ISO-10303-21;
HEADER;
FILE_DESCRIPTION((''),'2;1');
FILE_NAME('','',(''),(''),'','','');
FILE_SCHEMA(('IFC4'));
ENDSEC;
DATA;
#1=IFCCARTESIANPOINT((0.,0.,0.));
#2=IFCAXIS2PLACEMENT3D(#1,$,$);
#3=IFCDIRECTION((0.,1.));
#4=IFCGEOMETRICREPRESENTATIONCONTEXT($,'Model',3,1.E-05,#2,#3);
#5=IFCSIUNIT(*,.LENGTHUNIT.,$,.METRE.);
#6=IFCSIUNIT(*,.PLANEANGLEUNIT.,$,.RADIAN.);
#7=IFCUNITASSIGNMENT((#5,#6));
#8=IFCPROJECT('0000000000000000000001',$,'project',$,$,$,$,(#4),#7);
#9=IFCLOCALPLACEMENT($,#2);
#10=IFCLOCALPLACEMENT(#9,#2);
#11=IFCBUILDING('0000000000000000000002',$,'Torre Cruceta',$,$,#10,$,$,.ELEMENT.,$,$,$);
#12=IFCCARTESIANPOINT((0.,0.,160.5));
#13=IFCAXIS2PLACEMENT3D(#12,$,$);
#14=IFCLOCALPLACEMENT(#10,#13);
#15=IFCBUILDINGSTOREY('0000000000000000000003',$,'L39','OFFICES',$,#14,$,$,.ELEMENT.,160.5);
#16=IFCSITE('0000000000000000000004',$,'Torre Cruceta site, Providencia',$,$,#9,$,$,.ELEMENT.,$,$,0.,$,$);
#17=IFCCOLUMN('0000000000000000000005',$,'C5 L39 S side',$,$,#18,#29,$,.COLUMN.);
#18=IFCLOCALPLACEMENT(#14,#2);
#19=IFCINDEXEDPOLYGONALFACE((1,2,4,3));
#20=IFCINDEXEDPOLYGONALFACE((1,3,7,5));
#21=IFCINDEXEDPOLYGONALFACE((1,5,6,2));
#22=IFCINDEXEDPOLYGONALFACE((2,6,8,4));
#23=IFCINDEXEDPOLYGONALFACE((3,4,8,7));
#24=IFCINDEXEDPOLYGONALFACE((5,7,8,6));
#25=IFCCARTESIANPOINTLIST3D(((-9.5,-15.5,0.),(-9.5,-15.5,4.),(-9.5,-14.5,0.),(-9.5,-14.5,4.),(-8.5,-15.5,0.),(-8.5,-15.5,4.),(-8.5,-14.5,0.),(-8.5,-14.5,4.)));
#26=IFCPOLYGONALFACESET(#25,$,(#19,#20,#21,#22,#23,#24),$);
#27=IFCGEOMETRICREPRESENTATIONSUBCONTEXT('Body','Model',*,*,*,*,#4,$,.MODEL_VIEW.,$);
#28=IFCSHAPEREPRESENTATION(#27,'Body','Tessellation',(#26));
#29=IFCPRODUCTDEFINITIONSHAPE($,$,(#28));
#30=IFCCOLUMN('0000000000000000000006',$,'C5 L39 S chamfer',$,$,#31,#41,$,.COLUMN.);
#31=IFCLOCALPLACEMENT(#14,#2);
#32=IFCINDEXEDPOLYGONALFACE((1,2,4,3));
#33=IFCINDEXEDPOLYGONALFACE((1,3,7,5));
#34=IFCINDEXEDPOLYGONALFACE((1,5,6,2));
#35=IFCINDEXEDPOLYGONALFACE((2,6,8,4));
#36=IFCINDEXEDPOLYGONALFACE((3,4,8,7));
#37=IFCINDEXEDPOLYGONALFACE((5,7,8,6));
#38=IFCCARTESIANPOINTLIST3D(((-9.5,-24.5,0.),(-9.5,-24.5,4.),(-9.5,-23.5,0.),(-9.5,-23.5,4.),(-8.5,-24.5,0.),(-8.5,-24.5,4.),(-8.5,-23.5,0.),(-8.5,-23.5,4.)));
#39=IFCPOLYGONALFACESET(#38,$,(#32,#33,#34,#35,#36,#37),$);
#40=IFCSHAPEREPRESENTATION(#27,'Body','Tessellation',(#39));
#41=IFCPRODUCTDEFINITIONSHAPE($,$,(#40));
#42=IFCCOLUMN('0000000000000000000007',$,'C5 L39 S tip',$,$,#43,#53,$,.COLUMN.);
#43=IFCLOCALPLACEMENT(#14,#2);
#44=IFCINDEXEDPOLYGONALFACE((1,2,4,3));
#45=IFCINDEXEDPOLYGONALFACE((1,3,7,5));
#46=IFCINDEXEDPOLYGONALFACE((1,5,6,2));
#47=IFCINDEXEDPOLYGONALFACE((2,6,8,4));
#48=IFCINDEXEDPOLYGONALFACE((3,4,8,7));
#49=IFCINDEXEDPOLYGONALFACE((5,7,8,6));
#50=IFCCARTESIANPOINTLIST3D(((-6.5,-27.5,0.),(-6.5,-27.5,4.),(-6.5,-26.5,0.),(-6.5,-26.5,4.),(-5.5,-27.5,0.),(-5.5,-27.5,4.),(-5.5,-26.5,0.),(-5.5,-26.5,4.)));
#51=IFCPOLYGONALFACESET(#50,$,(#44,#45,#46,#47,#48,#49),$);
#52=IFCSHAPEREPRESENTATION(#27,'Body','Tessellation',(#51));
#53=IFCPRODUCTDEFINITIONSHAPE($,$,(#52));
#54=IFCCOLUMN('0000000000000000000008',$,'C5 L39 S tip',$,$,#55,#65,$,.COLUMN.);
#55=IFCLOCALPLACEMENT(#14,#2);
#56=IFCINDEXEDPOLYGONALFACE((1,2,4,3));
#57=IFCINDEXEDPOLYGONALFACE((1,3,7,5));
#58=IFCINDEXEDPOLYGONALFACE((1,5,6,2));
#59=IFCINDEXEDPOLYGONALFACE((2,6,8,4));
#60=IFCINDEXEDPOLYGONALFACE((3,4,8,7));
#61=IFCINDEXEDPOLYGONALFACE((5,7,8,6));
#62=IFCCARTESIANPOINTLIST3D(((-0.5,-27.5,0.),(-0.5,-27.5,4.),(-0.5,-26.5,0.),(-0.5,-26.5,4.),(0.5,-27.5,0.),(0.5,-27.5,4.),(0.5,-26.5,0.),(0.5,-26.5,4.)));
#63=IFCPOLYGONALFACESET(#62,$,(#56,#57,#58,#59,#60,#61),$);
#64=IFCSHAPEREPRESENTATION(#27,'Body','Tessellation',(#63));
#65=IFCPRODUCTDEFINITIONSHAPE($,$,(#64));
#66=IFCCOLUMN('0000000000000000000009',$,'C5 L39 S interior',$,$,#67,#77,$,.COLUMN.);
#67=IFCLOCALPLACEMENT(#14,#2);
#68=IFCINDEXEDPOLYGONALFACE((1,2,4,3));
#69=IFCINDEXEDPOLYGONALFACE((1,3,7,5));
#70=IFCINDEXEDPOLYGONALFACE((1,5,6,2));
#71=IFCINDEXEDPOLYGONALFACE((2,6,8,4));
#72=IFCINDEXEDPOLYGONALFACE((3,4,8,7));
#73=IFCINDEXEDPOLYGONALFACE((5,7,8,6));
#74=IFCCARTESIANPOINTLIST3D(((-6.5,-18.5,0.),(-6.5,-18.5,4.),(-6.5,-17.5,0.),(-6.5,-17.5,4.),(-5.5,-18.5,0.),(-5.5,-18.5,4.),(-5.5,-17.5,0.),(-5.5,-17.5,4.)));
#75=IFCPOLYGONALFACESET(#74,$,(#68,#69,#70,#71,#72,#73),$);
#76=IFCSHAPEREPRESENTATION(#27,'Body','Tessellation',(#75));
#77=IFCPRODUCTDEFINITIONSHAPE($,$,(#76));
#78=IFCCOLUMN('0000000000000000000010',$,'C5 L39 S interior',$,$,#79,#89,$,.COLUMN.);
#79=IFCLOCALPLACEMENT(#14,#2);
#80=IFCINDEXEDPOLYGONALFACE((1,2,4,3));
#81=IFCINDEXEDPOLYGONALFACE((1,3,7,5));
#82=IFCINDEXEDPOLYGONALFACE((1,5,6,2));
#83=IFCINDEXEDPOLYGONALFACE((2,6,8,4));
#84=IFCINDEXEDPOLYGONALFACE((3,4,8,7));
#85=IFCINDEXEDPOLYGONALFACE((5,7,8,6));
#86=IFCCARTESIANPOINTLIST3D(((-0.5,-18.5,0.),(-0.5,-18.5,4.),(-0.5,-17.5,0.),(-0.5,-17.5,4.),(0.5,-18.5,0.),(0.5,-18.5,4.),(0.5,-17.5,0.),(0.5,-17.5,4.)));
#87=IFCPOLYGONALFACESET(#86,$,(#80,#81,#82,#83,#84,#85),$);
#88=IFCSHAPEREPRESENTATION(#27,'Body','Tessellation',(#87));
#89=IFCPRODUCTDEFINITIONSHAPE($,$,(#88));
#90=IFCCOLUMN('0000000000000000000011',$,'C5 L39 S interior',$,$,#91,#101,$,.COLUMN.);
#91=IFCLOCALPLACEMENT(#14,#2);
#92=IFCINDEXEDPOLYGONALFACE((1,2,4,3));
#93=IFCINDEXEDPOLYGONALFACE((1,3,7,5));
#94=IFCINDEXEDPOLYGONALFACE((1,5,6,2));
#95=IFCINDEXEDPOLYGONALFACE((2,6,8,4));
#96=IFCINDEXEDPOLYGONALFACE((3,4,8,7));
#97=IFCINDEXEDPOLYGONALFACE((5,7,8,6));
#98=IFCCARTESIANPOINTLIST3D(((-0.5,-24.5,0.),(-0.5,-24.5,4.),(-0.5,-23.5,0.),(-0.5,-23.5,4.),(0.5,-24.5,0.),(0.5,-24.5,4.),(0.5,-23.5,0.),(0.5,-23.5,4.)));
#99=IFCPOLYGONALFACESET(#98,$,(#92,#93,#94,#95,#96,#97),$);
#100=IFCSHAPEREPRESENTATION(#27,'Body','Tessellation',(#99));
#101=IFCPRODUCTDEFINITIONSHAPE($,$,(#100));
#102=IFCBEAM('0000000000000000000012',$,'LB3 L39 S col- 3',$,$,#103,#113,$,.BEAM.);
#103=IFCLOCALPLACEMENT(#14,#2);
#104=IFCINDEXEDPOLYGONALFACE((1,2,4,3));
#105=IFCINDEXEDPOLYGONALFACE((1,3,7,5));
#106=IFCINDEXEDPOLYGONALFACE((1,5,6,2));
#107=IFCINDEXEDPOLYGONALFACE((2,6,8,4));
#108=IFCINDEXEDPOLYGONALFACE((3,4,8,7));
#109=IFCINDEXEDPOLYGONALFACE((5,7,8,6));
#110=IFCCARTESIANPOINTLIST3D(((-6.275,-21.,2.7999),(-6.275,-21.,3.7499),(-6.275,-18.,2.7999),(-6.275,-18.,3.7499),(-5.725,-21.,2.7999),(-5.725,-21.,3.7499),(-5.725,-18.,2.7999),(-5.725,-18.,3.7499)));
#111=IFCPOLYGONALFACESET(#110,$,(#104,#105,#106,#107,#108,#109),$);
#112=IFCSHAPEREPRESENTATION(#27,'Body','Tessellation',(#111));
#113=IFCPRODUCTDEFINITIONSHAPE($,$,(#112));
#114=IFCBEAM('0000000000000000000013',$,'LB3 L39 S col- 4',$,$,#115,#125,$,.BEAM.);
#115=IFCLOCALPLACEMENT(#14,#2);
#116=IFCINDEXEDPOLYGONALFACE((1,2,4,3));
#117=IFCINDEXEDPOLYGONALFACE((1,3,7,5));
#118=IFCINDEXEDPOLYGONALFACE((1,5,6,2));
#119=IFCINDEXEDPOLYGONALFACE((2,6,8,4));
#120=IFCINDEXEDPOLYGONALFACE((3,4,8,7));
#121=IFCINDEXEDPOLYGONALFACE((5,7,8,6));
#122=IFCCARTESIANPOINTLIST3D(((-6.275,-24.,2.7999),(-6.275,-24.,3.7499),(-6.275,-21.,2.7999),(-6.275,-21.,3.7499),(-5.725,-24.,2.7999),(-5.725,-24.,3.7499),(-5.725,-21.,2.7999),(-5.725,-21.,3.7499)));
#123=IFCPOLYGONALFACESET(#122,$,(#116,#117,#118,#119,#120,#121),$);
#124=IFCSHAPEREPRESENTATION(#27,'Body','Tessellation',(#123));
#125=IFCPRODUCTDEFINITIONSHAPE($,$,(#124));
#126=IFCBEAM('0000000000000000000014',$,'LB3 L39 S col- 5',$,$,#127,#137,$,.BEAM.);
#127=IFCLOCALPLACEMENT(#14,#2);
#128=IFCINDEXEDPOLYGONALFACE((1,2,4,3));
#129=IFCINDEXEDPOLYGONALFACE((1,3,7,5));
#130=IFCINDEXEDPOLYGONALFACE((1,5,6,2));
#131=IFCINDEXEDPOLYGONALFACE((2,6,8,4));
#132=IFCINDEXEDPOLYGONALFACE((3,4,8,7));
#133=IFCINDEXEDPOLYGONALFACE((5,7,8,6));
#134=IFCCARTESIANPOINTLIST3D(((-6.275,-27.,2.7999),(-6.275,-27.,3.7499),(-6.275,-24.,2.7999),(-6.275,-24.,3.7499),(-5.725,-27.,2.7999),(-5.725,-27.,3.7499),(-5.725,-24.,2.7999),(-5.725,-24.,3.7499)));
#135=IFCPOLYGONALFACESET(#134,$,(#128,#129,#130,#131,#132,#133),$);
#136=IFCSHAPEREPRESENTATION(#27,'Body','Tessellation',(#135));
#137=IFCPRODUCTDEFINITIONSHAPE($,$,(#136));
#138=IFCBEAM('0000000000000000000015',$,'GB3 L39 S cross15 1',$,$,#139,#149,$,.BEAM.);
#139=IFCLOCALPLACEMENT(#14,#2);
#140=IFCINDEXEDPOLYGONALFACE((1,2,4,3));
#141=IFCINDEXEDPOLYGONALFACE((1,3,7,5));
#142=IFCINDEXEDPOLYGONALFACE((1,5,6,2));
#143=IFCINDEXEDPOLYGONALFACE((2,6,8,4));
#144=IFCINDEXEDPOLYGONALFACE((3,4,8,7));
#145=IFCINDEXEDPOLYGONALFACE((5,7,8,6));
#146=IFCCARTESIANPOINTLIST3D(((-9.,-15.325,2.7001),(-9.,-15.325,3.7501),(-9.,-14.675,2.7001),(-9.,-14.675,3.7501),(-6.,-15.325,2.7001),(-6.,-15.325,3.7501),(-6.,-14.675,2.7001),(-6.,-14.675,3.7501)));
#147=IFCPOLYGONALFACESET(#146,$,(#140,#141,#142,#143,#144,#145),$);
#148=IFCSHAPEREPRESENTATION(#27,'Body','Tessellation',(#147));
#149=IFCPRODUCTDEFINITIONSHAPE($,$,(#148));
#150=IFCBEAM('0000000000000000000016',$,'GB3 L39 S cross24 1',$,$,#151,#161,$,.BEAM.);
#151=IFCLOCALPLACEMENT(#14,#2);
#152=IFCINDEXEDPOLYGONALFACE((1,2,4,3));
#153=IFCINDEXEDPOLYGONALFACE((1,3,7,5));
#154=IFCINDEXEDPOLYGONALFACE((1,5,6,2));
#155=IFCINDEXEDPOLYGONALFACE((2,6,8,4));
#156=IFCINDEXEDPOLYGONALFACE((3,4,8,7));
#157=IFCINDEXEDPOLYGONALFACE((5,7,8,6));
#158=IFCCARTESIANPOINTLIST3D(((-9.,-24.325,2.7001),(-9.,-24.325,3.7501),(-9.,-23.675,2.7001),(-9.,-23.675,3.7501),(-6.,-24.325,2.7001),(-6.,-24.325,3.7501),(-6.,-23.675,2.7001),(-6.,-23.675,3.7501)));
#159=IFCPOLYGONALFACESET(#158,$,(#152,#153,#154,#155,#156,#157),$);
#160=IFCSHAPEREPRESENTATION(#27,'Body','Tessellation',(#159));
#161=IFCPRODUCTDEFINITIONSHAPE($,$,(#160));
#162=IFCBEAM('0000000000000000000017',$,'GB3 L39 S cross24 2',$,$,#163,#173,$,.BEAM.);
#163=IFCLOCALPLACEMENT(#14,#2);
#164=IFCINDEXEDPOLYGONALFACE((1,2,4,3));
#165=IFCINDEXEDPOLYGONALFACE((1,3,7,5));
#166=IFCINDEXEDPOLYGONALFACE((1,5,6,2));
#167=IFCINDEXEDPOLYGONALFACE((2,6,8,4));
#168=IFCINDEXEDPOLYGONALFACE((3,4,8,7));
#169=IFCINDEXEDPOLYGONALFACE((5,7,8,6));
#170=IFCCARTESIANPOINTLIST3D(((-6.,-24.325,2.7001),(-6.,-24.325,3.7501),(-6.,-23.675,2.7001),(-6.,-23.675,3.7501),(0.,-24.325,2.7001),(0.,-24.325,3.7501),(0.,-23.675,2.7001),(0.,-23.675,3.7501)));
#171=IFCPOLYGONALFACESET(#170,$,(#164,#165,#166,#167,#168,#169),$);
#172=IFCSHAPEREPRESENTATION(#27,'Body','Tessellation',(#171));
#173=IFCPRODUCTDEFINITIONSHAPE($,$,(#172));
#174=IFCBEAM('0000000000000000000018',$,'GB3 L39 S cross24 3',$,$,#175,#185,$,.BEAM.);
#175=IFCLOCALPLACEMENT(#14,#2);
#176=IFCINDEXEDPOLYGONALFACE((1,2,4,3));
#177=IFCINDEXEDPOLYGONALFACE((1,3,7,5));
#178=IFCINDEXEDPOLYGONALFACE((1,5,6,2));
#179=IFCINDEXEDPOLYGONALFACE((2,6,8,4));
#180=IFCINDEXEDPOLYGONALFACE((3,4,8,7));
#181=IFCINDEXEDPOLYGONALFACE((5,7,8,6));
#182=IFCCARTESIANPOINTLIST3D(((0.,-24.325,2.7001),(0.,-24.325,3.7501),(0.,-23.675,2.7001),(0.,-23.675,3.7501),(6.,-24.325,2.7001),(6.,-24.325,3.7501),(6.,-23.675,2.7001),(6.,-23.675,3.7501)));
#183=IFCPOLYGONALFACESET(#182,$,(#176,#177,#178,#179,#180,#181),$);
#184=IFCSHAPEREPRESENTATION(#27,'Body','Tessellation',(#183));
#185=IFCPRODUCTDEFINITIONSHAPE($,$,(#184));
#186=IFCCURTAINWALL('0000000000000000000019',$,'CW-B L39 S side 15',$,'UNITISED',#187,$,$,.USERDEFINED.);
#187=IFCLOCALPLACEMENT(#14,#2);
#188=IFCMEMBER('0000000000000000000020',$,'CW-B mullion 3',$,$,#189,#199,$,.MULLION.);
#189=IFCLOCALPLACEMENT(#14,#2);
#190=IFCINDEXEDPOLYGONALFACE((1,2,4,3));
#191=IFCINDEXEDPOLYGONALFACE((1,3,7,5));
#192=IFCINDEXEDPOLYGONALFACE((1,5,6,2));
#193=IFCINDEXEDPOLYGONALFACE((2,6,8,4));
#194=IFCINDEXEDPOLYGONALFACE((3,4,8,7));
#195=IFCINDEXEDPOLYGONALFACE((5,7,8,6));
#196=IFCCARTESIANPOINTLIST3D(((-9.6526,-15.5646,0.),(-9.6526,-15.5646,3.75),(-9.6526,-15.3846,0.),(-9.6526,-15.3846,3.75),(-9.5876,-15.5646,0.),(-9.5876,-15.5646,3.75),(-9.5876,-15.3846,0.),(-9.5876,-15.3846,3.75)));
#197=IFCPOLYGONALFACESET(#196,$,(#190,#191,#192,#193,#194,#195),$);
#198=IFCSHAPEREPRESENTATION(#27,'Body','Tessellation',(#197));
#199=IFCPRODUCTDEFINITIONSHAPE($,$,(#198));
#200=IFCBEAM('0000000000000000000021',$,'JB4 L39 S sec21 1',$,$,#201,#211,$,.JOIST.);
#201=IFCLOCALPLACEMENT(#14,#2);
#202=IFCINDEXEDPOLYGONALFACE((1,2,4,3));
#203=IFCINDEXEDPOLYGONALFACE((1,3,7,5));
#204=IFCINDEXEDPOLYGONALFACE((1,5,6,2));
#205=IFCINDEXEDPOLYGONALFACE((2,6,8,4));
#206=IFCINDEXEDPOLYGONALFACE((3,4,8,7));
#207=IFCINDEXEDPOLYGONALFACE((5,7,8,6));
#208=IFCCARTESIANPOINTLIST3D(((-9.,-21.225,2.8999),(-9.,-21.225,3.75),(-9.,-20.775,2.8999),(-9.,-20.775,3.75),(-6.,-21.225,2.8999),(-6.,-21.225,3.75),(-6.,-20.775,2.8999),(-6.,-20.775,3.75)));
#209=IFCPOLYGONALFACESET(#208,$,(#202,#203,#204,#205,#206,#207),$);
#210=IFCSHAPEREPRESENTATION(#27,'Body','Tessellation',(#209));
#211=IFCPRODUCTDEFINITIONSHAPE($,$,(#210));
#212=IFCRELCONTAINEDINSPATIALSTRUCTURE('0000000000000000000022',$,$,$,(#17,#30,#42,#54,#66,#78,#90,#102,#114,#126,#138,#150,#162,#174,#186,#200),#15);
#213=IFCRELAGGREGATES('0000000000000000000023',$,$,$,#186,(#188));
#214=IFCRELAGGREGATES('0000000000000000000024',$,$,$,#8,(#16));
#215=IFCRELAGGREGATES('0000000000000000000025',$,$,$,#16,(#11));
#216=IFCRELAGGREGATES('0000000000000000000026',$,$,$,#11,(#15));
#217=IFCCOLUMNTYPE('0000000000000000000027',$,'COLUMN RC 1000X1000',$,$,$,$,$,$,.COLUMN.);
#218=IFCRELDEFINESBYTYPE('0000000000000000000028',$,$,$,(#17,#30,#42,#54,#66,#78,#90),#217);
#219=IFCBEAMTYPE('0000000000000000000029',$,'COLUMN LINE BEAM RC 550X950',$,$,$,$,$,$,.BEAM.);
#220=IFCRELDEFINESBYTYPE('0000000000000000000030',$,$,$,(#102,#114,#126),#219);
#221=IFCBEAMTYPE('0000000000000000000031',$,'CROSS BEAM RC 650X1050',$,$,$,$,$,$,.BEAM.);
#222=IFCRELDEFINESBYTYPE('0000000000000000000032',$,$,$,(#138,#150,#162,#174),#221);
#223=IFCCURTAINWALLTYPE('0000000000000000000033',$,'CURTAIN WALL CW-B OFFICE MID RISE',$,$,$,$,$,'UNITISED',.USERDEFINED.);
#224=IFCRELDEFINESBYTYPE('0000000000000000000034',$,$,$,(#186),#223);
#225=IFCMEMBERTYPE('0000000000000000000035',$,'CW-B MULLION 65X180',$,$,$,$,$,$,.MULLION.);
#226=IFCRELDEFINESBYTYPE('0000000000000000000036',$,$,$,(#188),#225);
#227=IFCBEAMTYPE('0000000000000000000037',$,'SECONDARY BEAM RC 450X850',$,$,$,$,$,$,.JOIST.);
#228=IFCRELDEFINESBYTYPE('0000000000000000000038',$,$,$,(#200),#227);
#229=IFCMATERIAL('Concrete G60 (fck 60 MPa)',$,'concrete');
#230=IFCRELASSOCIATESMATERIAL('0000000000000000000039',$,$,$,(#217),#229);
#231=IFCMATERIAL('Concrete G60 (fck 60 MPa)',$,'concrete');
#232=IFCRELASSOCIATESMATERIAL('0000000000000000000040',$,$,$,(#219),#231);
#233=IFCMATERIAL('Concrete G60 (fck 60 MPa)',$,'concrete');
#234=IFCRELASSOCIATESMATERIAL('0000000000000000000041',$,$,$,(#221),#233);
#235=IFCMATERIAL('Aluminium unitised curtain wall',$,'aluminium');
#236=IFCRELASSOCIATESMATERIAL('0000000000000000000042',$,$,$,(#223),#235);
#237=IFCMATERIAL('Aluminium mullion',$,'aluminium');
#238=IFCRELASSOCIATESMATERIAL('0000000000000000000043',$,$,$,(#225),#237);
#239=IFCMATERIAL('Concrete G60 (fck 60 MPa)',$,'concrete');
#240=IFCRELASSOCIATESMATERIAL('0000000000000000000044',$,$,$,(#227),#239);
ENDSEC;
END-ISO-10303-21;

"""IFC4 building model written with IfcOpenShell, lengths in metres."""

from ifc_helpers import new_model, si_unit, direction, frame, origin, origin_2d, place, context, subcontext, project, spatial, rectangle, extrude, material, material_profile, profile_set, type_object, element, aggregate, save


model = new_model("IFC4")

# Units and contexts
model_context = context("Model", 3, precision=1e-05, world=origin(), true_north=direction((0.0, 1.0)))
body_context = subcontext(model_context, "Body", "Model", "MODEL_VIEW")
ifc_project = project(units=[si_unit("LENGTHUNIT", "METRE"), si_unit("PLANEANGLEUNIT", "RADIAN")], contexts=[model_context])

# Site, building, storey
site_placement = place(None, origin())
site = spatial("IfcSite", under=ifc_project, at=site_placement, Name="Torre Cruceta site, Providencia", CompositionType="ELEMENT", RefElevation=0.0)
building_placement = place(site_placement, origin())
building = spatial("IfcBuilding", under=site, at=building_placement, Name="Torre Cruceta", CompositionType="ELEMENT")
storey_placement = place(building_placement, frame((0.0, 0.0, 160.5)))
storey = spatial("IfcBuildingStorey", under=building, at=storey_placement, Name="L39", Description="OFFICES", CompositionType="ELEMENT", Elevation=160.5)

# Columns
ifc_material_1 = material(Name="Concrete G60 (fck 60 MPa)", Category="concrete")
ifc_material_profile_1 = material_profile(ifc_material_1, rectangle(XDim=1.0, YDim=1.0, at=origin_2d()), Name="RC 1000X1000")
ifc_profile_set_1 = profile_set([ifc_material_profile_1], Name="Concrete G60 (fck 60 MPa)")
column_type = type_object("IfcColumnType", Name="COLUMN RC 1000X1000", PredefinedType="COLUMN", material=ifc_profile_set_1)
for number, where, z_axis, x_axis, name in (
    (1, (-9.0, -15.0, 0.0), (0.0, 0.0, 1.0), (1.0, 0.0, 0.0), "C5 L39 S side"),
    (2, (-9.0, -24.0, 0.0), (0.0, 0.0, 1.0), (1.0, 0.0, 0.0), "C5 L39 S chamfer"),
    (3, (-6.0, -27.0, 0.0), (0.0, 0.0, 1.0), (1.0, 0.0, 0.0), "C5 L39 S tip"),
    (4, (0.0, -27.0, 0.0), (0.0, 0.0, 1.0), (1.0, 0.0, 0.0), "C5 L39 S tip"),
    (5, (-6.0, -18.0, 0.0), (0.0, 0.0, 1.0), (1.0, 0.0, 0.0), "C5 L39 S interior"),
    (6, (0.0, -18.0, 0.0), (0.0, 0.0, 1.0), (1.0, 0.0, 0.0), "C5 L39 S interior"),
    (7, (0.0, -24.0, 0.0), (0.0, 0.0, 1.0), (1.0, 0.0, 0.0), "C5 L39 S interior"),
):
    element("IfcColumn", number, at=place(storey_placement, frame(where, z_axis=z_axis, x_axis=x_axis)), inside=storey, type_object=column_type, Name=name, PredefinedType="COLUMN", context=body_context, shape_type="SweptSolid", body=[
        extrude(rectangle(XDim=1.0, YDim=1.0, at=origin_2d()), origin(), (0.0, 0.0, 1.0), 4.0),
    ])

# Beams
ifc_material_2 = material(Name="Concrete G60 (fck 60 MPa)", Category="concrete")
ifc_material_profile_2 = material_profile(ifc_material_2, rectangle(XDim=0.55, YDim=0.95, at=origin_2d()), Name="RC 550X950")
ifc_profile_set_2 = profile_set([ifc_material_profile_2], Name="Concrete G60 (fck 60 MPa)")
beam_type_1 = type_object("IfcBeamType", Name="COLUMN LINE BEAM RC 550X950", PredefinedType="BEAM", material=ifc_profile_set_2)
for number, where, z_axis, x_axis, name in (
    (8, (-6.0, -18.0, 3.2749), (0.0, -1.0, 0.0), (1.0, 0.0, 0.0), "LB3 L39 S col- 3"),
    (9, (-6.0, -21.0, 3.2749), (0.0, -1.0, 0.0), (1.0, 0.0, 0.0), "LB3 L39 S col- 4"),
    (10, (-6.0, -24.0, 3.2749), (0.0, -1.0, 0.0), (1.0, 0.0, 0.0), "LB3 L39 S col- 5"),
):
    element("IfcBeam", number, at=place(storey_placement, frame(where, z_axis=z_axis, x_axis=x_axis)), inside=storey, type_object=beam_type_1, Name=name, PredefinedType="BEAM", context=body_context, shape_type="SweptSolid", body=[
        extrude(rectangle(XDim=0.55, YDim=0.95, at=origin_2d()), origin(), (0.0, 0.0, 1.0), 3.0),
    ])
ifc_material_3 = material(Name="Concrete G60 (fck 60 MPa)", Category="concrete")
ifc_material_profile_3 = material_profile(ifc_material_3, rectangle(XDim=0.6499, YDim=1.05, at=origin_2d()), Name="RC 650X1050")
ifc_profile_set_3 = profile_set([ifc_material_profile_3], Name="Concrete G60 (fck 60 MPa)")
beam_type_2 = type_object("IfcBeamType", Name="CROSS BEAM RC 650X1050", PredefinedType="BEAM", material=ifc_profile_set_3)
for number, where, z_axis, x_axis, name in (
    (11, (-9.0, -15.0, 3.2251), (1.0, 0.0, 0.0), (0.0, 1.0, 0.0), "GB3 L39 S cross15 1"),
    (12, (-9.0, -24.0, 3.2251), (1.0, 0.0, 0.0), (0.0, 1.0, 0.0), "GB3 L39 S cross24 1"),
):
    element("IfcBeam", number, at=place(storey_placement, frame(where, z_axis=z_axis, x_axis=x_axis)), inside=storey, type_object=beam_type_2, Name=name, PredefinedType="BEAM", context=body_context, shape_type="SweptSolid", body=[
        extrude(rectangle(XDim=0.6499, YDim=1.05, at=origin_2d()), origin(), (0.0, 0.0, 1.0), 3.0),
    ])
for number, where, z_axis, x_axis, name in (
    (13, (-6.0, -24.0, 3.2251), (1.0, 0.0, 0.0), (0.0, 1.0, 0.0), "GB3 L39 S cross24 2"),
    (14, (0.0, -24.0, 3.2251), (1.0, 0.0, 0.0), (0.0, 1.0, 0.0), "GB3 L39 S cross24 3"),
):
    element("IfcBeam", number, at=place(storey_placement, frame(where, z_axis=z_axis, x_axis=x_axis)), inside=storey, type_object=beam_type_2, Name=name, PredefinedType="BEAM", context=body_context, shape_type="SweptSolid", body=[
        extrude(rectangle(XDim=0.6499, YDim=1.05, at=origin_2d()), origin(), (0.0, 0.0, 1.0), 6.0),
    ])

# Curtain wall, member
ifc_material_4 = material(Name="Aluminium unitised curtain wall", Category="aluminium")
curtain_wall_type = type_object("IfcCurtainWallType", Name="CURTAIN WALL CW-B OFFICE MID RISE", ElementType="UNITISED", PredefinedType="USERDEFINED", material=ifc_material_4)
curtain_wall_placement = place(storey_placement, origin())
curtain_wall = element("IfcCurtainWall", 15, at=curtain_wall_placement, inside=storey, type_object=curtain_wall_type, Name="CW-B L39 S side 15", ObjectType="UNITISED", PredefinedType="USERDEFINED")
ifc_material_5 = material(Name="Aluminium mullion", Category="aluminium")
ifc_material_profile_4 = material_profile(ifc_material_5, rectangle(XDim=0.0649, YDim=0.1799, at=origin_2d()), Name="AL 65X180")
ifc_profile_set_4 = profile_set([ifc_material_profile_4], Name="Aluminium mullion")
member_type = type_object("IfcMemberType", Name="CW-B MULLION 65X180", PredefinedType="MULLION", material=ifc_profile_set_4)
member_placement = place(storey_placement, frame((-9.6201, -15.4746, 0.0), z_axis=(0.0, 0.0, 1.0), x_axis=(1.0, 0.0, 0.0)))
member = element("IfcMember", 16, at=member_placement, type_object=member_type, Name="CW-B mullion 3", PredefinedType="MULLION", context=body_context, shape_type="SweptSolid", body=[
    extrude(rectangle(XDim=0.0649, YDim=0.1799, at=origin_2d()), origin(), (0.0, 0.0, 1.0), 3.75),
])
aggregate(curtain_wall, [member])

# Beam
ifc_material_6 = material(Name="Concrete G60 (fck 60 MPa)", Category="concrete")
ifc_material_profile_5 = material_profile(ifc_material_6, rectangle(XDim=0.45, YDim=0.8501, at=origin_2d()), Name="RC 450X850")
ifc_profile_set_5 = profile_set([ifc_material_profile_5], Name="Concrete G60 (fck 60 MPa)")
beam_type_3 = type_object("IfcBeamType", Name="SECONDARY BEAM RC 450X850", PredefinedType="JOIST", material=ifc_profile_set_5)
beam_1_placement = place(storey_placement, frame((-9.0, -21.0, 3.325), z_axis=(1.0, 0.0, 0.0), x_axis=(0.0, 1.0, 0.0)))
element("IfcBeam", 17, at=beam_1_placement, inside=storey, type_object=beam_type_3, Name="JB4 L39 S sec21 1", PredefinedType="JOIST", context=body_context, shape_type="SweptSolid", body=[
    extrude(rectangle(XDim=0.45, YDim=0.8501, at=origin_2d()), origin(), (0.0, 0.0, 1.0), 3.0),
])

save(model, "model.ifc")
